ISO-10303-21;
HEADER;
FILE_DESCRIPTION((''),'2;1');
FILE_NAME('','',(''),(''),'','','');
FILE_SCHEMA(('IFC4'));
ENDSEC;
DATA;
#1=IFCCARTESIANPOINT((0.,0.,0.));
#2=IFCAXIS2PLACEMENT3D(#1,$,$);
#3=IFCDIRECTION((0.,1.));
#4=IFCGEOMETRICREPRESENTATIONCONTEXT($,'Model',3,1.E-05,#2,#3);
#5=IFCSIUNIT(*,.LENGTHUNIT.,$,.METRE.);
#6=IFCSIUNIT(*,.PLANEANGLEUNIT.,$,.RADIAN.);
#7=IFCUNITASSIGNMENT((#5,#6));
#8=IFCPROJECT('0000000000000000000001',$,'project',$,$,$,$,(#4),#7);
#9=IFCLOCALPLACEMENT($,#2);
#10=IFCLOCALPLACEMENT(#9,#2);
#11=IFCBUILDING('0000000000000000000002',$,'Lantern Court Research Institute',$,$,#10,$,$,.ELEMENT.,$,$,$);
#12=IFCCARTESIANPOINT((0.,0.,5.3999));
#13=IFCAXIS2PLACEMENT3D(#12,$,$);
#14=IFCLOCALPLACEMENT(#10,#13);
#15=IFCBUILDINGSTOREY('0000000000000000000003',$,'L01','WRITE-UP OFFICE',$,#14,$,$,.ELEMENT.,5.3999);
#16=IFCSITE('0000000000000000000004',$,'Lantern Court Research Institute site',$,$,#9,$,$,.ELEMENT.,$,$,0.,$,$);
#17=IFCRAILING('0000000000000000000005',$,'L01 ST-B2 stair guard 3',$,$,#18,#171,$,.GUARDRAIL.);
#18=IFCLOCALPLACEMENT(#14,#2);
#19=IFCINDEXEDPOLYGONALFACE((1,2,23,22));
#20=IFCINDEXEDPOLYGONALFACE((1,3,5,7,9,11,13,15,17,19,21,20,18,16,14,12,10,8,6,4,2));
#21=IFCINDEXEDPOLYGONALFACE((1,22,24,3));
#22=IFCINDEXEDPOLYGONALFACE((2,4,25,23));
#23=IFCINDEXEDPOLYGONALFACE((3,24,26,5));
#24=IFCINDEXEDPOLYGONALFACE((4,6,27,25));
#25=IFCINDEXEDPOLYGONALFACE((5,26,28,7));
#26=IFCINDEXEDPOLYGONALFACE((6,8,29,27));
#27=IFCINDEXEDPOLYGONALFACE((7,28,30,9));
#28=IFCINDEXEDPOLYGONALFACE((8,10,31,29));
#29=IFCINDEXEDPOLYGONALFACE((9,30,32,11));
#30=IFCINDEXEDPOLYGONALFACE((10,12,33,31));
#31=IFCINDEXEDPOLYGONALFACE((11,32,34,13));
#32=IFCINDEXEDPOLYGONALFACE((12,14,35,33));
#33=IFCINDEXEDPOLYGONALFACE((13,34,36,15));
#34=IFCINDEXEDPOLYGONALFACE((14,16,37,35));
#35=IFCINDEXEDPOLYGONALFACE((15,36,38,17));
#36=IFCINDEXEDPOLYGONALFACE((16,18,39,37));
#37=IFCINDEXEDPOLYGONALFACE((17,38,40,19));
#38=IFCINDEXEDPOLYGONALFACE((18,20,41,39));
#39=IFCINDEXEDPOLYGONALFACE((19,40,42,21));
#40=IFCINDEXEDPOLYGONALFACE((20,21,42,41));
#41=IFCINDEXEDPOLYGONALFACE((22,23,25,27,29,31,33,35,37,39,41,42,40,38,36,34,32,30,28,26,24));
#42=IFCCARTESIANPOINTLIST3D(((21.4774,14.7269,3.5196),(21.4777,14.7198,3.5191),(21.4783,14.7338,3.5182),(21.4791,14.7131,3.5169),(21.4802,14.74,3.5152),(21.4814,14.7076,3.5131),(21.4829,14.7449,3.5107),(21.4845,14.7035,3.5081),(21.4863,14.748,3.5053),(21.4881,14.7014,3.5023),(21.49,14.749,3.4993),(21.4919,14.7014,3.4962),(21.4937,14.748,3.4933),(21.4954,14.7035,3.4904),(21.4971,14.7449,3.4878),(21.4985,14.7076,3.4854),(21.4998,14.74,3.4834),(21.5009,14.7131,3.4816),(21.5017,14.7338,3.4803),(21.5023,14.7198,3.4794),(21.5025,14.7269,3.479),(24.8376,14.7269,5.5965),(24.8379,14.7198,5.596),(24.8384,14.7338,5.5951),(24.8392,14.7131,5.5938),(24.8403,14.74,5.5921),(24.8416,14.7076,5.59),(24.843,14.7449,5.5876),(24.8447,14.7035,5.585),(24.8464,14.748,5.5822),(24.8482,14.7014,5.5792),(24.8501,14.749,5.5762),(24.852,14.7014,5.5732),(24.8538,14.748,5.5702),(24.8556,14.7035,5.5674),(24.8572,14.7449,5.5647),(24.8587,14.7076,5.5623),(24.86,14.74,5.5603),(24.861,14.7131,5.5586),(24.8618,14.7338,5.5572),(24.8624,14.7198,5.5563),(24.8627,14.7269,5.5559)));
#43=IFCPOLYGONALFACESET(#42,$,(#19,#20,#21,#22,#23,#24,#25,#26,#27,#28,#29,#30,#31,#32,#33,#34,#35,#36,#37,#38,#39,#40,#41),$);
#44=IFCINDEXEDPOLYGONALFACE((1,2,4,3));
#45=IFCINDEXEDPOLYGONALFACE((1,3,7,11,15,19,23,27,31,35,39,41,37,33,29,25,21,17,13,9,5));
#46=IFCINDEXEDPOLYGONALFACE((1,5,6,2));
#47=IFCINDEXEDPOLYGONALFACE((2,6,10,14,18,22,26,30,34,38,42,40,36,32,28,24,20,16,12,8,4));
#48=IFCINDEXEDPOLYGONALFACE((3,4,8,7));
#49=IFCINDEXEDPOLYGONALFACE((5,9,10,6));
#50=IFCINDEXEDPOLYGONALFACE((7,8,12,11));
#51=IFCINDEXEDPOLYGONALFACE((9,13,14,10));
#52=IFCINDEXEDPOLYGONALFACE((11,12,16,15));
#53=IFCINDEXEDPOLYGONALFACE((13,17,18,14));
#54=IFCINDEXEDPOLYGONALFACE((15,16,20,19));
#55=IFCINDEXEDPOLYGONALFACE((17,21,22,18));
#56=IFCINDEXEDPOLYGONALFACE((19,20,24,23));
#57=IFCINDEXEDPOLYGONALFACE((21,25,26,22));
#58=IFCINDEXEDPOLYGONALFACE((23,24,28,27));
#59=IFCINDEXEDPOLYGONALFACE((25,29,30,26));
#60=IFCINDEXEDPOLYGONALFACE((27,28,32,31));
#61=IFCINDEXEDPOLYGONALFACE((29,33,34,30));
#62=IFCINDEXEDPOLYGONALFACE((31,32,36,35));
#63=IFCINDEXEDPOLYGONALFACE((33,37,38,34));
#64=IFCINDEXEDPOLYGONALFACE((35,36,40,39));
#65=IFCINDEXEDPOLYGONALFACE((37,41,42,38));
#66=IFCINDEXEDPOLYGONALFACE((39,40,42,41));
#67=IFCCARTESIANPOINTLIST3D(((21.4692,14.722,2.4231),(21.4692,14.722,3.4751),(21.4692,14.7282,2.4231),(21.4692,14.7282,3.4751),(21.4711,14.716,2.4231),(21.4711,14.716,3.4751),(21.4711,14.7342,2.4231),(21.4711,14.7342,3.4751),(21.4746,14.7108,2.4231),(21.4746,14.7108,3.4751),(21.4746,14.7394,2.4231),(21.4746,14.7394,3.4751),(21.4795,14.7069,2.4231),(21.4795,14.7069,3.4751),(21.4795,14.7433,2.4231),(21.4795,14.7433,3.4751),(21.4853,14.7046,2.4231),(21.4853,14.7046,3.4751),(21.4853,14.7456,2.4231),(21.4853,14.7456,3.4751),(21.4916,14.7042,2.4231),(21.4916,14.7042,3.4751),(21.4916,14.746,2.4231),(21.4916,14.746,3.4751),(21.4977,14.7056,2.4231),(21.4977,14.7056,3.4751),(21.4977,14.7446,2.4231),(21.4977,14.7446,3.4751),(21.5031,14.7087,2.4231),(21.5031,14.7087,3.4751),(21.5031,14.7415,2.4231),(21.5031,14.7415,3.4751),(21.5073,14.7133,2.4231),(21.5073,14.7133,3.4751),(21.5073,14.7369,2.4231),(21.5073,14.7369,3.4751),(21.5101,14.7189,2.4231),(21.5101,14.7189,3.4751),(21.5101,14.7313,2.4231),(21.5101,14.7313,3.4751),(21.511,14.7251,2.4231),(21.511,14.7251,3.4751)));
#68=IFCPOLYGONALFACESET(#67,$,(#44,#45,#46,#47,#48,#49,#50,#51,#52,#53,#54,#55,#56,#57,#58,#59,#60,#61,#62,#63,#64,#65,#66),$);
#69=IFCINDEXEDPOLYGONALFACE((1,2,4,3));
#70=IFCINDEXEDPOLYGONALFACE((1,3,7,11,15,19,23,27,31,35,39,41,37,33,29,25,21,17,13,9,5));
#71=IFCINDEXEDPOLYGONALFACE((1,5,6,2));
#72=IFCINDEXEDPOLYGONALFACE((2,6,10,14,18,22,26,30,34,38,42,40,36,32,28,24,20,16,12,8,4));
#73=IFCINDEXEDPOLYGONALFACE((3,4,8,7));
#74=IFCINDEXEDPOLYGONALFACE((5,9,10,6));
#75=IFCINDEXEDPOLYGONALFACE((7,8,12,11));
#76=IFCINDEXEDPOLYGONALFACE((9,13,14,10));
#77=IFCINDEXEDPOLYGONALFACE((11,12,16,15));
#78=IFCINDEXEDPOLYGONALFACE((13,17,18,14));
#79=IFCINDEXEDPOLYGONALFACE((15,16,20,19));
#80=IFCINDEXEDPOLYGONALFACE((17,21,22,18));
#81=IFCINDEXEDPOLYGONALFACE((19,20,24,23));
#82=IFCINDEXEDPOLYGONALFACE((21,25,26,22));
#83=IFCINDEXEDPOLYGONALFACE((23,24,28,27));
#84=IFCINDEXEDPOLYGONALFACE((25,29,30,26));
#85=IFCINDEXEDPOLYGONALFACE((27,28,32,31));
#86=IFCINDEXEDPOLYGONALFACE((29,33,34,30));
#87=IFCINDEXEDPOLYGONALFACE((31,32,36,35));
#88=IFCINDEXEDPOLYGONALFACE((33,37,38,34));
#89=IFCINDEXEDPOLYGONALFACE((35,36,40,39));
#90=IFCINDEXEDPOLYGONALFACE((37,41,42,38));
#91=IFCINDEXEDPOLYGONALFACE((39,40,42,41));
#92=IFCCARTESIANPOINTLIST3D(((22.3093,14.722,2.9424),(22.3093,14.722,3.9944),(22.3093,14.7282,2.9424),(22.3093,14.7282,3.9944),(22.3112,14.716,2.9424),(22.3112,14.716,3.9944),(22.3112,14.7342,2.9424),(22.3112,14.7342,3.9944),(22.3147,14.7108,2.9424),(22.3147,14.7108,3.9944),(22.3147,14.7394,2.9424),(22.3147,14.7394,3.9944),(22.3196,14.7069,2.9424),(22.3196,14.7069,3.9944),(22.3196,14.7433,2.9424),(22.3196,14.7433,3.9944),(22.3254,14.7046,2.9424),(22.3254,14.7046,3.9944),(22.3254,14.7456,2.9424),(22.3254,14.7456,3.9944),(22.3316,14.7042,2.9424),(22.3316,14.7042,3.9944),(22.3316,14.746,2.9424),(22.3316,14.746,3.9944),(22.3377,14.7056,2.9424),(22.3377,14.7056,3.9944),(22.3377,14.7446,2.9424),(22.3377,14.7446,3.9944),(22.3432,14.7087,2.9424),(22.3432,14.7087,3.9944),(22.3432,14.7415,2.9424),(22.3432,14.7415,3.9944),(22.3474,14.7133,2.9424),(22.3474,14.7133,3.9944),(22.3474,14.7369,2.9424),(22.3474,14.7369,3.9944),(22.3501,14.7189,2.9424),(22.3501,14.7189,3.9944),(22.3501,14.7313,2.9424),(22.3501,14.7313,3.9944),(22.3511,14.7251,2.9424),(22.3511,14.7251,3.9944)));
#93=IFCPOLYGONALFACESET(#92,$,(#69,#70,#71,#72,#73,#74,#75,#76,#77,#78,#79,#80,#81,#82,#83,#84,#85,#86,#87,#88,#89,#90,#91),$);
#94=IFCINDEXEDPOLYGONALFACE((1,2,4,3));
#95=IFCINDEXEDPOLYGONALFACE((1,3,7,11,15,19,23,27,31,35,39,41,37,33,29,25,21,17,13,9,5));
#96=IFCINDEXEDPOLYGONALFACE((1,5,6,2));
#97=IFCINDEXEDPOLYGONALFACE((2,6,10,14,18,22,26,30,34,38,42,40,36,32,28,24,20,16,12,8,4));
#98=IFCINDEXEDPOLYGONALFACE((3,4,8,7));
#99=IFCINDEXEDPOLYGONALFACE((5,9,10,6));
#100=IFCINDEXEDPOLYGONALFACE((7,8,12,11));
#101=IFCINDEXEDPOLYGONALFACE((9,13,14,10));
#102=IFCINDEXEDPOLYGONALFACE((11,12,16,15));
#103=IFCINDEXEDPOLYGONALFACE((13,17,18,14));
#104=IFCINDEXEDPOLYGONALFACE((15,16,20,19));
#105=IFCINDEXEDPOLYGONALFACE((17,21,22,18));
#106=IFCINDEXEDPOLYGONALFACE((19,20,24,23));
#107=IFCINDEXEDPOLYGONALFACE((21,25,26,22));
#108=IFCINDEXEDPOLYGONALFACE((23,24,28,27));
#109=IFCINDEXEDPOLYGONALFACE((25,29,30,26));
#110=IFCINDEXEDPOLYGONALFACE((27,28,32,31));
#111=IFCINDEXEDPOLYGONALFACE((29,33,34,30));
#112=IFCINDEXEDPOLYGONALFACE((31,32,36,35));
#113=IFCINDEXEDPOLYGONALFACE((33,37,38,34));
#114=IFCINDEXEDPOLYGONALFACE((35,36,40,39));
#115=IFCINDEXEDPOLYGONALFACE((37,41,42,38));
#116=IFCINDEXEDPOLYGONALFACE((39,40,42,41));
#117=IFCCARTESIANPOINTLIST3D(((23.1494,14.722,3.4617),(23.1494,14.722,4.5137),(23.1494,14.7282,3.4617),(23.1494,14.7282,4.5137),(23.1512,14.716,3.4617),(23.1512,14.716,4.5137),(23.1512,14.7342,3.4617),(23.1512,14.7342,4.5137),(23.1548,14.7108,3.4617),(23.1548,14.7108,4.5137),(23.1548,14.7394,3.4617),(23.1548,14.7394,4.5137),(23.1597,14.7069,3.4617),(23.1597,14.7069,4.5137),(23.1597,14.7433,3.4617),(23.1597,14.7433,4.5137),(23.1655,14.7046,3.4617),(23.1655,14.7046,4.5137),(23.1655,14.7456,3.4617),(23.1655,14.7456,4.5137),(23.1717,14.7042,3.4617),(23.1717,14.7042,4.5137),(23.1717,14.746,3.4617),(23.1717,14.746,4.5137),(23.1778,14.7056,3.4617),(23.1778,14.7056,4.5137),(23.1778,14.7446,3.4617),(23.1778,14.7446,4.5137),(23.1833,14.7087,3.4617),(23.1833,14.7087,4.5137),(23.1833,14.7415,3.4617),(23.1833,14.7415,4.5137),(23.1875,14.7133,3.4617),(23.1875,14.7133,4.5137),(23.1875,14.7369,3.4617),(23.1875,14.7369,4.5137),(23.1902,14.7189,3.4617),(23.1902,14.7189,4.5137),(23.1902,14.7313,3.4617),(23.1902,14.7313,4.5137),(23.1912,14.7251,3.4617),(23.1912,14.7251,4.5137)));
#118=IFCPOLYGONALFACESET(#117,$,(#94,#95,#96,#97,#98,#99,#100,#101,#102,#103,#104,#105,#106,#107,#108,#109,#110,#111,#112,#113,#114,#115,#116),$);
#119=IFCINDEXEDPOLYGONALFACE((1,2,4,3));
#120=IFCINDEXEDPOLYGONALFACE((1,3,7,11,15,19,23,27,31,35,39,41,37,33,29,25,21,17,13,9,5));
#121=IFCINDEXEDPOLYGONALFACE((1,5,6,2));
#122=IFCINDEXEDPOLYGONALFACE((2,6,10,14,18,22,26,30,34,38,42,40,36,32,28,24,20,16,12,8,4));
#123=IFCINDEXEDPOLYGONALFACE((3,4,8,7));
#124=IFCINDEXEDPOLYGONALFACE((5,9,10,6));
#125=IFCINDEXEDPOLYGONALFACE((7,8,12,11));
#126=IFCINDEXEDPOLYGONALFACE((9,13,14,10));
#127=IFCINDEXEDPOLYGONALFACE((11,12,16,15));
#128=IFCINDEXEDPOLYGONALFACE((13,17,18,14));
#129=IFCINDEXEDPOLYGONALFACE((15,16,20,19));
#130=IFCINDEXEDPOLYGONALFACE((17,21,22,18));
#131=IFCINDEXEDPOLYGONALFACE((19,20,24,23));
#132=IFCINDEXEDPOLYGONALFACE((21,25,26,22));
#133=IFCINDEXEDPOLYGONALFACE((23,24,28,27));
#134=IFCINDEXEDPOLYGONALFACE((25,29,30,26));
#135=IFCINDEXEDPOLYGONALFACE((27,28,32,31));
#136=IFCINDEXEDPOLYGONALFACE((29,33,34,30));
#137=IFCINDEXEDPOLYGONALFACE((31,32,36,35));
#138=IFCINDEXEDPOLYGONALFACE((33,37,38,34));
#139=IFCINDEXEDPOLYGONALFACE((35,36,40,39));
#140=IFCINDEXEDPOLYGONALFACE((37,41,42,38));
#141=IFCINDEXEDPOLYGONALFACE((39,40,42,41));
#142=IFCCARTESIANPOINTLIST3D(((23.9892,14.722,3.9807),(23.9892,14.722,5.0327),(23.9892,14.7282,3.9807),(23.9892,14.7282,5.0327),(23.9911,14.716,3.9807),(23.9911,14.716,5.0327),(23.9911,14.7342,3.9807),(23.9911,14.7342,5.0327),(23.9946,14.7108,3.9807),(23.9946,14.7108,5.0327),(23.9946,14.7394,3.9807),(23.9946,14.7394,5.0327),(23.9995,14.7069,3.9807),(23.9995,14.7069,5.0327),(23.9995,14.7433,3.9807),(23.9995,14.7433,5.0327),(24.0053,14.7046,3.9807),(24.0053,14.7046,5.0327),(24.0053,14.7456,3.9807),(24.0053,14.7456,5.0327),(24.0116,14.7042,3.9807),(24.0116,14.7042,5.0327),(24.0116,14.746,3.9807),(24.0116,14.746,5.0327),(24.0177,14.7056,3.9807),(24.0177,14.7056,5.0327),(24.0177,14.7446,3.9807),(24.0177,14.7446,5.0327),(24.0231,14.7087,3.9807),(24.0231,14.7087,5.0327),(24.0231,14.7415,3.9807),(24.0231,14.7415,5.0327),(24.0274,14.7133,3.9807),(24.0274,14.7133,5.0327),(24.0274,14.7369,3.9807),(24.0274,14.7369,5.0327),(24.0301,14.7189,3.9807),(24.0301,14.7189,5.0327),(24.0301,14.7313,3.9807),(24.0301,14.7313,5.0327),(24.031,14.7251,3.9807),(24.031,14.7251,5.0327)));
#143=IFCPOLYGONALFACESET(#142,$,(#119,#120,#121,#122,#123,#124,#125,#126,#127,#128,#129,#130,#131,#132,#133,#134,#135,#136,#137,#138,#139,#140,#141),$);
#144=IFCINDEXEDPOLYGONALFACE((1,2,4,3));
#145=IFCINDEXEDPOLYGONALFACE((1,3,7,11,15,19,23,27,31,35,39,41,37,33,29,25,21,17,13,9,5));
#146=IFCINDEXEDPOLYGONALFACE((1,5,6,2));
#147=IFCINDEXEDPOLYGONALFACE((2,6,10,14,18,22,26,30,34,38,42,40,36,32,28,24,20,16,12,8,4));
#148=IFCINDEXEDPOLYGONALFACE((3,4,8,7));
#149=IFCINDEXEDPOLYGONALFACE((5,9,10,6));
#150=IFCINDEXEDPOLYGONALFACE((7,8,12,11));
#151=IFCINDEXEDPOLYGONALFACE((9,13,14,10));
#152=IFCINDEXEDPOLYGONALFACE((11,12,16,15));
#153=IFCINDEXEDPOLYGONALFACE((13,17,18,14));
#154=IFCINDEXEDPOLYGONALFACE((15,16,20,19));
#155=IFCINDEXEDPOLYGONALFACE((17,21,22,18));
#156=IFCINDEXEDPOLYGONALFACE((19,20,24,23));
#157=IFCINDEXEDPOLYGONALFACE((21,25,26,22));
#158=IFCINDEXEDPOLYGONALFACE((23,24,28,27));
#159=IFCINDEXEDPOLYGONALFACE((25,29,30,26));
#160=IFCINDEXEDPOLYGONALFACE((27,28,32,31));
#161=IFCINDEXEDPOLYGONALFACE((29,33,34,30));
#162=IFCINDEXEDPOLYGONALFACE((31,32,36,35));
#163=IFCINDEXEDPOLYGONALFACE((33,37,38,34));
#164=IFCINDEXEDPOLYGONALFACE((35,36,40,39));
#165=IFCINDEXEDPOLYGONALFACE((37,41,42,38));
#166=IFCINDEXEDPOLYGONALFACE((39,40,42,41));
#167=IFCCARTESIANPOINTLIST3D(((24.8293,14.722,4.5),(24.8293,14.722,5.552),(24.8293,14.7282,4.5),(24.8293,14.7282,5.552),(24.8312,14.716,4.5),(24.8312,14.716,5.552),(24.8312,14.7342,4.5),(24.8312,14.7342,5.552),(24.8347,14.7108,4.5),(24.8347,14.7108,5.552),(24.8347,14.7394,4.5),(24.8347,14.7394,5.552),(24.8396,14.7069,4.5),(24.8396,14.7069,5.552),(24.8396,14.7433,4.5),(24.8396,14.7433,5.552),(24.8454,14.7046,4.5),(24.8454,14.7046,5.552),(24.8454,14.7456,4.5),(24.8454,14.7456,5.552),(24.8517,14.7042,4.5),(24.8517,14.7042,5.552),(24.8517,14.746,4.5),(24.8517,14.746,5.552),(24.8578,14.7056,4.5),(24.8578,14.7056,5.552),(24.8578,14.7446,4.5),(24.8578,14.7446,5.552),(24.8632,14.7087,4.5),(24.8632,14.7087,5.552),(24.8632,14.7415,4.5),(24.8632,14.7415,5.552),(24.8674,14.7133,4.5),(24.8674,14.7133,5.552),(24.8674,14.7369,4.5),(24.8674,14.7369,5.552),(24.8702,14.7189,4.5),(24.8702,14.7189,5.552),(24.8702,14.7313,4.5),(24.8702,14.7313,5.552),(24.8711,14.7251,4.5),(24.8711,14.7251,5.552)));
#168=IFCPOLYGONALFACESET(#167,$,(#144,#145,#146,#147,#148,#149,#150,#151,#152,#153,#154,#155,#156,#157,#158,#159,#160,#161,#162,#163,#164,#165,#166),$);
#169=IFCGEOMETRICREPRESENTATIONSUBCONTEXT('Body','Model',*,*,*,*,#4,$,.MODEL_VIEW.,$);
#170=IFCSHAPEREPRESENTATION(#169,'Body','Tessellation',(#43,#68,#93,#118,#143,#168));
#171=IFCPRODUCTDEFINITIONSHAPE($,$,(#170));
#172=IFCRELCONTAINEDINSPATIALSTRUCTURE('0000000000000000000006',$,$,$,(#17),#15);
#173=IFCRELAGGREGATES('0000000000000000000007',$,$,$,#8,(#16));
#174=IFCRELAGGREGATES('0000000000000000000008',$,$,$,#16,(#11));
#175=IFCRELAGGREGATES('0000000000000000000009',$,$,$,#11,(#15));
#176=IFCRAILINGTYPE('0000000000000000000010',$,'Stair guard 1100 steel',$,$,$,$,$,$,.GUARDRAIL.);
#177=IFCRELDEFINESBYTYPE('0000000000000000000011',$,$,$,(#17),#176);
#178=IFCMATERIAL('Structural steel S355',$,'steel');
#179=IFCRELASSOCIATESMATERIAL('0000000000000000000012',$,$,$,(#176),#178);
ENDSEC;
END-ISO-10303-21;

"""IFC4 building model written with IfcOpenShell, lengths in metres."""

from ifc_helpers import new_model, si_unit, direction, frame, origin, origin_2d, place, context, subcontext, project, spatial, circle, extrude, material, type_object, element, save


model = new_model("IFC4")

# Units and contexts
model_context = context("Model", 3, precision=1e-05, world=origin(), true_north=direction((0.0, 1.0)))
body_context = subcontext(model_context, "Body", "Model", "MODEL_VIEW")
ifc_project = project(units=[si_unit("LENGTHUNIT", "METRE"), si_unit("PLANEANGLEUNIT", "RADIAN")], contexts=[model_context])

# Site, building, storey
site_placement = place(None, origin())
site = spatial("IfcSite", under=ifc_project, at=site_placement, Name="Lantern Court Research Institute site", CompositionType="ELEMENT", RefElevation=0.0)
building_placement = place(site_placement, origin())
building = spatial("IfcBuilding", under=site, at=building_placement, Name="Lantern Court Research Institute", CompositionType="ELEMENT")
storey_placement = place(building_placement, frame((0.0, 0.0, 5.3999)))
storey = spatial("IfcBuildingStorey", under=building, at=storey_placement, Name="L01", Description="WRITE-UP OFFICE", CompositionType="ELEMENT", Elevation=5.3999)

# Railing
ifc_material_1 = material(Name="Structural steel S355", Category="steel")
railing_type_1 = type_object("IfcRailingType", Name="Stair guard 1100 steel", PredefinedType="GUARDRAIL", material=ifc_material_1)
railing_1_placement = place(storey_placement, frame((21.49, 14.7251, 2.4231)))
element("IfcRailing", 1, at=railing_1_placement, inside=storey, type_object=railing_type_1, Name="L01 ST-B2 stair guard 3", PredefinedType="GUARDRAIL", context=body_context, shape_type="SweptSolid", body=[
    extrude(circle(Radius=0.0239, at=origin_2d()), frame((0.0, 0.0, 1.0762), z_axis=(0.850623, 0.0, 0.525776), x_axis=(0.0, 1.0, 0.0)), (0.0, 0.0, 1.0), 3.9502),
    extrude(circle(Radius=0.021, at=origin_2d()), origin(), (0.0, 0.0, 1.0), 1.052),
    extrude(circle(Radius=0.021, at=origin_2d()), frame((0.8401, 0.0, 0.5193)), (0.0, 0.0, 1.0), 1.052),
    extrude(circle(Radius=0.021, at=origin_2d()), frame((1.6802, 0.0, 1.0386)), (0.0, 0.0, 1.0), 1.052),
    extrude(circle(Radius=0.021, at=origin_2d()), frame((2.52, 0.0, 1.5576)), (0.0, 0.0, 1.0), 1.052),
    extrude(circle(Radius=0.021, at=origin_2d()), frame((3.3601, 0.0, 2.0769)), (0.0, 0.0, 1.0), 1.052),
])

save(model, "model.ifc")
